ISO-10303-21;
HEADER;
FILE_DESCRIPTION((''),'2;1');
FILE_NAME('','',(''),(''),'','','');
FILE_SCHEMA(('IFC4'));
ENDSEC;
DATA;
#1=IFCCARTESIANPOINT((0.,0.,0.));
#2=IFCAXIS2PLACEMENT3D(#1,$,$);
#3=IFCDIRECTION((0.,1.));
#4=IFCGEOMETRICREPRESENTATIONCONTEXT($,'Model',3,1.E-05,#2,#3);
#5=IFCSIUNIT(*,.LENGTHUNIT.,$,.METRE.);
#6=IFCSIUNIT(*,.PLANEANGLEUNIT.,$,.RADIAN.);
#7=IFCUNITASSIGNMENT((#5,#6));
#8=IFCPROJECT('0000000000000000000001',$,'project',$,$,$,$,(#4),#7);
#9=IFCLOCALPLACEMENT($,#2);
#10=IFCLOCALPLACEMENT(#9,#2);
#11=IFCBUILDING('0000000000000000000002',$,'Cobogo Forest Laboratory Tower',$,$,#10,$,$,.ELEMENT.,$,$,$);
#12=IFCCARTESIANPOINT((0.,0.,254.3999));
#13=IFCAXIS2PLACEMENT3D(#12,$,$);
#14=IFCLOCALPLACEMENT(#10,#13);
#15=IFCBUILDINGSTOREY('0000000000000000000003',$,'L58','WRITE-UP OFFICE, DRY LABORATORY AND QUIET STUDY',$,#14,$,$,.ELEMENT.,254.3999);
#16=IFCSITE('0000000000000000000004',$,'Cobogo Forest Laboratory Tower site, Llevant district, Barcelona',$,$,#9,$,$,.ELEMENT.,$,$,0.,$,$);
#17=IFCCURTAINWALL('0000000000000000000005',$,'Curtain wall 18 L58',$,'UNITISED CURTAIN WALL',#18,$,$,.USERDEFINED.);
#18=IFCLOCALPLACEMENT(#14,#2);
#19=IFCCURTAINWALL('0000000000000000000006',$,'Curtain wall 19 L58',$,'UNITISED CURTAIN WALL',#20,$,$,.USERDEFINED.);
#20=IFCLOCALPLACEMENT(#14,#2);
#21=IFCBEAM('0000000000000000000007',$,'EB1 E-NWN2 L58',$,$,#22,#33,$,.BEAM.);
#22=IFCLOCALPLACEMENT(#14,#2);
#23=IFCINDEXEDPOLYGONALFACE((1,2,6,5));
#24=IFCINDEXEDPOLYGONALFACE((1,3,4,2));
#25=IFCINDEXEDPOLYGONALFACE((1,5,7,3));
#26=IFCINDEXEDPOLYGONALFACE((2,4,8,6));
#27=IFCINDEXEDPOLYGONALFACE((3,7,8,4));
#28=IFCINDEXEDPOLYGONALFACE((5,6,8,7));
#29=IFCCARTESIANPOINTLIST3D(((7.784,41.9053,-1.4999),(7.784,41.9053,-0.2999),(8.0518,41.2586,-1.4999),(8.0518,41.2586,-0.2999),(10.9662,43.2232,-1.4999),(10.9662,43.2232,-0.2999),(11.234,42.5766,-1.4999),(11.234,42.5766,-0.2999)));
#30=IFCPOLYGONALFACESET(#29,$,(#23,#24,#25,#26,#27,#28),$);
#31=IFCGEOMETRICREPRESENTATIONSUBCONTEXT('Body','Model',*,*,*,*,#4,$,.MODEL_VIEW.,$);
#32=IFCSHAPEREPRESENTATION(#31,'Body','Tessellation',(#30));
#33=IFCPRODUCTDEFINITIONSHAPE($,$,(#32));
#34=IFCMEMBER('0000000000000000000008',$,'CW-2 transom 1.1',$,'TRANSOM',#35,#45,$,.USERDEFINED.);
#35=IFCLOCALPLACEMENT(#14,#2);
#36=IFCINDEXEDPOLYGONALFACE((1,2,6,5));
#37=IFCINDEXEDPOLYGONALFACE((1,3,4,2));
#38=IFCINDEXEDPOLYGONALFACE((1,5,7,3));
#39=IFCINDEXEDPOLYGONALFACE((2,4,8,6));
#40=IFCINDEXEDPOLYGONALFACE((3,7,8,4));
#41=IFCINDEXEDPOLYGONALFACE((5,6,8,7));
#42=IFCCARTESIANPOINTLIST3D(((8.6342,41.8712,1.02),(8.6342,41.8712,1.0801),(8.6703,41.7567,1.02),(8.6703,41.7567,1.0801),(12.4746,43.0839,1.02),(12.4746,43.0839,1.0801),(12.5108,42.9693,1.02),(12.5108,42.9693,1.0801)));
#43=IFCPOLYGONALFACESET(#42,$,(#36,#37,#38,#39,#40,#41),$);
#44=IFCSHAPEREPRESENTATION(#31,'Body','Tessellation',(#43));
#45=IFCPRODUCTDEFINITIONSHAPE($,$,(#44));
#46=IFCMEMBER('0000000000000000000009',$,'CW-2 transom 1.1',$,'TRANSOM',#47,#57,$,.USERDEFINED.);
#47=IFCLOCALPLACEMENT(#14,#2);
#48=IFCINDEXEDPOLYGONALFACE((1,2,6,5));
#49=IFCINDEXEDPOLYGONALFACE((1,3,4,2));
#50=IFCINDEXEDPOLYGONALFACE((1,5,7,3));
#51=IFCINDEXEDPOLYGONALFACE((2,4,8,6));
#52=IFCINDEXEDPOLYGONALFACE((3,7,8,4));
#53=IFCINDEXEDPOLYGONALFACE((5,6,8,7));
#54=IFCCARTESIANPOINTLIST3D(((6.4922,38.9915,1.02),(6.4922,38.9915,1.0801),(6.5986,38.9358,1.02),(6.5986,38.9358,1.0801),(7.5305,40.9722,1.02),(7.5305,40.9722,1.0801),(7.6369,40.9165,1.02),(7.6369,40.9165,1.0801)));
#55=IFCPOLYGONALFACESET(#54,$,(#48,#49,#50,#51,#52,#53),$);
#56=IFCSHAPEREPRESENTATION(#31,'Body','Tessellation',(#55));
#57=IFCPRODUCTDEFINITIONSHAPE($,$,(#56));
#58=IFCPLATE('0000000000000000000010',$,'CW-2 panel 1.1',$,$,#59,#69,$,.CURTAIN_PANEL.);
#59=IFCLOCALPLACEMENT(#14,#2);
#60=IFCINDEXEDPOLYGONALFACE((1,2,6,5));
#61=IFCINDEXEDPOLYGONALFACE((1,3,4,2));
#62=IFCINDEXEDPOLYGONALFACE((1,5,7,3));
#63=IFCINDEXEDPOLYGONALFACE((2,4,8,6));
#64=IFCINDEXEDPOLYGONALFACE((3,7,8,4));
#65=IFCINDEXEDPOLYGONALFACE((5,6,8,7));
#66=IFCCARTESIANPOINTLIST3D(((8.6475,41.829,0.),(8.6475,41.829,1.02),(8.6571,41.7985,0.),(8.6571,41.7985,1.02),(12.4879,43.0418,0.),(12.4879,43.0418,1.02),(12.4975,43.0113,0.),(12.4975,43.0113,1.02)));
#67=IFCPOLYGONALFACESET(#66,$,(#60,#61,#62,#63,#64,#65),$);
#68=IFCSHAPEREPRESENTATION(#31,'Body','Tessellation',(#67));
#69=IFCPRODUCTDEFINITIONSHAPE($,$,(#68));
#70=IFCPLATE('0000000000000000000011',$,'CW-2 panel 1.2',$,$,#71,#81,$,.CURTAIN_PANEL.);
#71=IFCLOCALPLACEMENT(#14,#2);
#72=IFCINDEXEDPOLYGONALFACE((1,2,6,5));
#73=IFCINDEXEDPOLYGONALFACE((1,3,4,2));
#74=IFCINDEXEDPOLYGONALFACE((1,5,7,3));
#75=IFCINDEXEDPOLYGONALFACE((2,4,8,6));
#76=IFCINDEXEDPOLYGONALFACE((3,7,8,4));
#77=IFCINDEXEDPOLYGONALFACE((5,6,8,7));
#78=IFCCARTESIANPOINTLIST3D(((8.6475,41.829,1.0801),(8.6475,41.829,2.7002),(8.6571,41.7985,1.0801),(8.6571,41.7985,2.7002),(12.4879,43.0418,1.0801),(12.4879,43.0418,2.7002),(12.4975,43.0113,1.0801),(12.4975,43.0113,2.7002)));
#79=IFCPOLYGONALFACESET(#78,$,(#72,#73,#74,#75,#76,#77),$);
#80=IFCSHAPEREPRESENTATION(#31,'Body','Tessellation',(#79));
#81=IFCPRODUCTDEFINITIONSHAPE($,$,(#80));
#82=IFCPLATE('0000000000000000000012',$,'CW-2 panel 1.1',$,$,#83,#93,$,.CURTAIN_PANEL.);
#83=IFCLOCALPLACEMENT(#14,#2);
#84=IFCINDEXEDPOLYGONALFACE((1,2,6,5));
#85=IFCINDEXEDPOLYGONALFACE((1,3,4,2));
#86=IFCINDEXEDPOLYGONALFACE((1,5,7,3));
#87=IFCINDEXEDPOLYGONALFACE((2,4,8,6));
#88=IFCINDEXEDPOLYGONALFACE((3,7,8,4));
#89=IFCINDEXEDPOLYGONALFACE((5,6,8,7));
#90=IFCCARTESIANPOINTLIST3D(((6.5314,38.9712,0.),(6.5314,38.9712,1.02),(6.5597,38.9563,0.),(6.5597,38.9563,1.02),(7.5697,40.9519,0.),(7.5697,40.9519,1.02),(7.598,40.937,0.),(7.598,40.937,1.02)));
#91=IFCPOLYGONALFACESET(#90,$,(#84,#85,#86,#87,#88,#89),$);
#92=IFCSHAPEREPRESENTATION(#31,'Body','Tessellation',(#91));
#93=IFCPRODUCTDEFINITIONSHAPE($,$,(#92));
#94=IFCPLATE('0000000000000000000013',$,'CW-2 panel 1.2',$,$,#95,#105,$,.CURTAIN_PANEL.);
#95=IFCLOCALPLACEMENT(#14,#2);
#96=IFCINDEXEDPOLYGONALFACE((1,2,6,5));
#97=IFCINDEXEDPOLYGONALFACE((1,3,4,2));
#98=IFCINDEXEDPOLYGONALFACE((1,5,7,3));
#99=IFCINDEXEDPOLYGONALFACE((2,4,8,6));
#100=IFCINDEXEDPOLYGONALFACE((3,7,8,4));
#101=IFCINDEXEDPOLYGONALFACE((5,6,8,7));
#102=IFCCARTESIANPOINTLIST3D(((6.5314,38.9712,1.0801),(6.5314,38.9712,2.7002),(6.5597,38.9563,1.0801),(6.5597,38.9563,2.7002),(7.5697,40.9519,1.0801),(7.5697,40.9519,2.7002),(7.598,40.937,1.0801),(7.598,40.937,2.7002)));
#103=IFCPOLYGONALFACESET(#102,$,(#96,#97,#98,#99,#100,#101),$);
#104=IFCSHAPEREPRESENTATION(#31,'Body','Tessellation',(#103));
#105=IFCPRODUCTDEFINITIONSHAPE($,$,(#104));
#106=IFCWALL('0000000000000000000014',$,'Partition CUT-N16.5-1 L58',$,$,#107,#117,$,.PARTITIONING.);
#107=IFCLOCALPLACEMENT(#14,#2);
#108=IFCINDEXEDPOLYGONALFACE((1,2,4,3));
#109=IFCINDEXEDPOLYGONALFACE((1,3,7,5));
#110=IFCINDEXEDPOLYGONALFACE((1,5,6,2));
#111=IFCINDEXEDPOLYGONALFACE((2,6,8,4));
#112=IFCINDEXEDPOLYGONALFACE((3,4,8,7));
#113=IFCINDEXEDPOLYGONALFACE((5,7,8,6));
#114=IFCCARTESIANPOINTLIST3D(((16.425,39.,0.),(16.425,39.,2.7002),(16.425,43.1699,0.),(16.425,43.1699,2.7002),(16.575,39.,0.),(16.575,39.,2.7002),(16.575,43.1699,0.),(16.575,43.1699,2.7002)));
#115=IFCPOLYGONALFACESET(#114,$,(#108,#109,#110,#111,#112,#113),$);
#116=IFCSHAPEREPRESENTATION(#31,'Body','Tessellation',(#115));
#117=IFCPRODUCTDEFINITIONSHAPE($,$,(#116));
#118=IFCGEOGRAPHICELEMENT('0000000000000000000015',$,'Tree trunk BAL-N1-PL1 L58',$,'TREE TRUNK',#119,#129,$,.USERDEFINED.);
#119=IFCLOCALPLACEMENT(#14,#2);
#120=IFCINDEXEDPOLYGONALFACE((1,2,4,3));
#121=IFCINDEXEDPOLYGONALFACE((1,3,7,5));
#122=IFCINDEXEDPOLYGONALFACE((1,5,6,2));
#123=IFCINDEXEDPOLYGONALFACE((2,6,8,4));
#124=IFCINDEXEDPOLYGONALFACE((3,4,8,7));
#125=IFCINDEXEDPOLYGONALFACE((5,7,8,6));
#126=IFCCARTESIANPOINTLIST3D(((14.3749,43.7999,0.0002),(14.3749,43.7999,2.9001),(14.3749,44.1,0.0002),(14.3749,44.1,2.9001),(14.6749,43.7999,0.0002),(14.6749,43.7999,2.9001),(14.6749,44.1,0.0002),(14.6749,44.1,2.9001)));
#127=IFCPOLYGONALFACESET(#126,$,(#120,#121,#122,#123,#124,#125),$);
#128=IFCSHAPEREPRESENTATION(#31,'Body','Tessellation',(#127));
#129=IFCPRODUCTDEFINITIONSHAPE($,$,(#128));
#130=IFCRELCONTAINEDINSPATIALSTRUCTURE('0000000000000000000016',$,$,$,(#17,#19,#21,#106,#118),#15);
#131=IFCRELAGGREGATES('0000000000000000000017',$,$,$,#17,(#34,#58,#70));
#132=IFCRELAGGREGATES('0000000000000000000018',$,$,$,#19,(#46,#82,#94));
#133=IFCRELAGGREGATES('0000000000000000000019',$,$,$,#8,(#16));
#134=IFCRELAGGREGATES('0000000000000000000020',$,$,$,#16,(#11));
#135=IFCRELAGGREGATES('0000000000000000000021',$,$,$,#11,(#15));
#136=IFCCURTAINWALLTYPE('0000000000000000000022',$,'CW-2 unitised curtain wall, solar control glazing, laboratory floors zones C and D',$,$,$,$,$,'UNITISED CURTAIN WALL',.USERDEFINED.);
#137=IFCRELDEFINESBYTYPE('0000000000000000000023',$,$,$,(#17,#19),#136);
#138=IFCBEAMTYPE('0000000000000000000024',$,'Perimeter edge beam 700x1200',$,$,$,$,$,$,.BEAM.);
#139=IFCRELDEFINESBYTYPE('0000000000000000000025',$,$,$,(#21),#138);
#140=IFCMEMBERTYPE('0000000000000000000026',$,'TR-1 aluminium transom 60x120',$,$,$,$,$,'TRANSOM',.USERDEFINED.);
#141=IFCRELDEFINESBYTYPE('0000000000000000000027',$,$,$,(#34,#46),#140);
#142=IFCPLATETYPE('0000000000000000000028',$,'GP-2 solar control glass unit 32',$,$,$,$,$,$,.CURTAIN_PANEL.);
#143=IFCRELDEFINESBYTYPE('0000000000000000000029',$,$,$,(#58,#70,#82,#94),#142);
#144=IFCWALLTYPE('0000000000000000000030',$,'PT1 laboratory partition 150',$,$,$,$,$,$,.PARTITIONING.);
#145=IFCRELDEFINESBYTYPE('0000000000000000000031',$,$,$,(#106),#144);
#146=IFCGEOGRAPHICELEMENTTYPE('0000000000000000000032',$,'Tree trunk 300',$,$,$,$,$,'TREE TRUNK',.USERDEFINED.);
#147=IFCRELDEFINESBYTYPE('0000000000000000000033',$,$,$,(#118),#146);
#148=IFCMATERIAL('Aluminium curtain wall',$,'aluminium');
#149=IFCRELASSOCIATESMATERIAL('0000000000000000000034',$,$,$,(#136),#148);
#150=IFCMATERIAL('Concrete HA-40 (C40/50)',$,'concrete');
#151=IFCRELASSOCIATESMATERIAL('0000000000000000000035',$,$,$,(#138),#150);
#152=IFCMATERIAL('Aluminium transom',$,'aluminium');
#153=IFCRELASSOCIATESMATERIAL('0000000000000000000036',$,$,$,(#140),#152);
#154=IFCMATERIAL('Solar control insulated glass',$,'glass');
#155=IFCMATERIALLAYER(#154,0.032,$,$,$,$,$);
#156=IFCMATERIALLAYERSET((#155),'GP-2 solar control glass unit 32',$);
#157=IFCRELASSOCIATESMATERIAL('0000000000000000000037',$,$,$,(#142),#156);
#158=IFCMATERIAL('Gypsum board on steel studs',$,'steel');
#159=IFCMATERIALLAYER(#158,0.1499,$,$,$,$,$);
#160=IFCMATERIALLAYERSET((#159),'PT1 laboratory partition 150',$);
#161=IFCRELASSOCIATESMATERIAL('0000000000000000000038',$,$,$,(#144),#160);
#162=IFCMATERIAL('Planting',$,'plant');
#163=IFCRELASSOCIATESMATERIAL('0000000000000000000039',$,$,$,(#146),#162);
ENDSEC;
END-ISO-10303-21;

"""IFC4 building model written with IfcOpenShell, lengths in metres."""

from ifc_helpers import new_model, si_unit, direction, frame, frame_2d, origin, origin_2d, place, context, subcontext, project, spatial, rectangle, extrude, material, layer, layer_set, material_profile, profile_set, type_object, element, aggregate, save


model = new_model("IFC4")

# Units and contexts
model_context = context("Model", 3, precision=1e-05, world=origin(), true_north=direction((0.0, 1.0)))
body_context = subcontext(model_context, "Body", "Model", "MODEL_VIEW")
ifc_project = project(units=[si_unit("LENGTHUNIT", "METRE"), si_unit("PLANEANGLEUNIT", "RADIAN")], contexts=[model_context])

# Site, building, storey
site_placement = place(None, origin())
site = spatial("IfcSite", under=ifc_project, at=site_placement, Name="Cobogo Forest Laboratory Tower site, Llevant district, Barcelona", CompositionType="ELEMENT", RefElevation=0.0)
building_placement = place(site_placement, origin())
building = spatial("IfcBuilding", under=site, at=building_placement, Name="Cobogo Forest Laboratory Tower", CompositionType="ELEMENT")
storey_placement = place(building_placement, frame((0.0, 0.0, 254.3999)))
storey = spatial("IfcBuildingStorey", under=building, at=storey_placement, Name="L58", Description="WRITE-UP OFFICE, DRY LABORATORY AND QUIET STUDY", CompositionType="ELEMENT", Elevation=254.3999)

# Shared definitions
ifc_material_1 = material(Name="Concrete HA-40 (C40/50)", Category="concrete")

# Curtain walls
ifc_material_2 = material(Name="Aluminium curtain wall", Category="aluminium")
curtain_wall_type = type_object("IfcCurtainWallType", Name="CW-2 unitised curtain wall, solar control glazing, laboratory floors zones C and D", ElementType="UNITISED CURTAIN WALL", PredefinedType="USERDEFINED", material=ifc_material_2)
curtain_wall_1_placement = place(storey_placement, origin())
curtain_wall_1 = element("IfcCurtainWall", 1, at=curtain_wall_1_placement, inside=storey, type_object=curtain_wall_type, Name="Curtain wall 18 L58", ObjectType="UNITISED CURTAIN WALL", PredefinedType="USERDEFINED")
curtain_wall_2_placement = place(storey_placement, origin())
curtain_wall_2 = element("IfcCurtainWall", 2, at=curtain_wall_2_placement, inside=storey, type_object=curtain_wall_type, Name="Curtain wall 19 L58", ObjectType="UNITISED CURTAIN WALL", PredefinedType="USERDEFINED")

# Beam
ifc_material_profile_1 = material_profile(ifc_material_1, rectangle(XDim=0.7, YDim=1.2, at=origin_2d()), Name="RC 700x1200")
ifc_profile_set_1 = profile_set([ifc_material_profile_1], Name="Concrete HA-40 (C40/50)")
beam_type_1 = type_object("IfcBeamType", Name="Perimeter edge beam 700x1200", PredefinedType="BEAM", material=ifc_profile_set_1)
beam_1_placement = place(storey_placement, frame((11.1001, 42.8999, -0.8999), z_axis=(-0.923901, -0.382631, 0.0), x_axis=(0.382631, -0.923901, 0.0)))
element("IfcBeam", 3, at=beam_1_placement, inside=storey, type_object=beam_type_1, Name="EB1 E-NWN2 L58", PredefinedType="BEAM", context=body_context, shape_type="SweptSolid", body=[
    extrude(rectangle(XDim=0.7, YDim=1.2, at=origin_2d()), origin(), (0.0, 0.0, 1.0), 3.4443),
])

# Members
ifc_material_3 = material(Name="Aluminium transom", Category="aluminium")
ifc_material_profile_2 = material_profile(ifc_material_3, rectangle(XDim=0.1201, YDim=0.0601, at=origin_2d()), Name="AL 60x120")
ifc_profile_set_2 = profile_set([ifc_material_profile_2], Name="Aluminium transom")
member_type_1 = type_object("IfcMemberType", Name="TR-1 aluminium transom 60x120", ElementType="TRANSOM", PredefinedType="USERDEFINED", material=ifc_profile_set_2)
member_1_placement = place(storey_placement, frame((12.4927, 43.0266, 1.05), z_axis=(-0.953589, -0.301111, 0.0), x_axis=(0.301111, -0.953589, 0.0)))
member_1 = element("IfcMember", 4, at=member_1_placement, type_object=member_type_1, Name="CW-2 transom 1.1", ObjectType="TRANSOM", PredefinedType="USERDEFINED", context=body_context, shape_type="SweptSolid", body=[
    extrude(rectangle(XDim=0.1201, YDim=0.0601, at=origin_2d()), origin(), (0.0, 0.0, 1.0), 4.0273),
])
member_2_placement = place(storey_placement, frame((7.5837, 40.9443, 1.05), z_axis=(-0.464293, -0.885682, 0.0), x_axis=(0.885682, -0.464293, 0.0)))
member_2 = element("IfcMember", 5, at=member_2_placement, type_object=member_type_1, Name="CW-2 transom 1.1", ObjectType="TRANSOM", PredefinedType="USERDEFINED", context=body_context, shape_type="SweptSolid", body=[
    extrude(rectangle(XDim=0.1201, YDim=0.0601, at=origin_2d()), origin(), (0.0, 0.0, 1.0), 2.2363),
])

# Plates
ifc_material_4 = material(Name="Solar control insulated glass", Category="glass")
ifc_layer_1 = layer(ifc_material_4, 0.032)
ifc_layer_set_1 = layer_set([ifc_layer_1], Name="GP-2 solar control glass unit 32")
plate_type = type_object("IfcPlateType", Name="GP-2 solar control glass unit 32", PredefinedType="CURTAIN_PANEL", material=ifc_layer_set_1)
plate_1_placement = place(storey_placement, frame((10.5725, 42.4202, 0.0), z_axis=(0.0, 0.0, 1.0), x_axis=(-0.953581, -0.301135, 0.0)))
plate_1 = element("IfcPlate", 6, at=plate_1_placement, type_object=plate_type, Name="CW-2 panel 1.1", PredefinedType="CURTAIN_PANEL", context=body_context, shape_type="SweptSolid", body=[
    extrude(rectangle(XDim=4.0273, YDim=0.032, at=origin_2d()), origin(), (0.0, 0.0, 1.0), 1.02),
])
plate_2_placement = place(storey_placement, frame((10.5725, 42.4202, 1.0801), z_axis=(0.0, 0.0, 1.0), x_axis=(-0.953581, -0.301135, 0.0)))
plate_2 = element("IfcPlate", 7, at=plate_2_placement, type_object=plate_type, Name="CW-2 panel 1.2", PredefinedType="CURTAIN_PANEL", context=body_context, shape_type="SweptSolid", body=[
    extrude(rectangle(XDim=4.0273, YDim=0.032, at=origin_2d()), origin(), (0.0, 0.0, 1.0), 1.6201),
])
aggregate(curtain_wall_1, [member_1, plate_1, plate_2])
plate_3_placement = place(storey_placement, frame((7.0647, 39.9541, 0.0), z_axis=(0.0, 0.0, 1.0), x_axis=(-0.464284, -0.885686, 0.0)))
plate_3 = element("IfcPlate", 8, at=plate_3_placement, type_object=plate_type, Name="CW-2 panel 1.1", PredefinedType="CURTAIN_PANEL", context=body_context, shape_type="SweptSolid", body=[
    extrude(rectangle(XDim=2.2363, YDim=0.032, at=origin_2d()), origin(), (0.0, 0.0, 1.0), 1.02),
])
plate_4_placement = place(storey_placement, frame((7.0647, 39.9541, 1.0801), z_axis=(0.0, 0.0, 1.0), x_axis=(-0.464284, -0.885686, 0.0)))
plate_4 = element("IfcPlate", 9, at=plate_4_placement, type_object=plate_type, Name="CW-2 panel 1.2", PredefinedType="CURTAIN_PANEL", context=body_context, shape_type="SweptSolid", body=[
    extrude(rectangle(XDim=2.2363, YDim=0.032, at=origin_2d()), origin(), (0.0, 0.0, 1.0), 1.6201),
])
aggregate(curtain_wall_2, [member_2, plate_3, plate_4])

# Wall
ifc_material_5 = material(Name="Gypsum board on steel studs", Category="steel")
ifc_layer_2 = layer(ifc_material_5, 0.1499)
ifc_layer_set_2 = layer_set([ifc_layer_2], Name="PT1 laboratory partition 150")
wall_type_1 = type_object("IfcWallType", Name="PT1 laboratory partition 150", PredefinedType="PARTITIONING", material=ifc_layer_set_2)
wall_1_placement = place(storey_placement, frame((16.5, 43.1699, 0.0), z_axis=(0.0, 0.0, 1.0), x_axis=(0.0, -1.0, 0.0)))
element("IfcWall", 10, at=wall_1_placement, inside=storey, type_object=wall_type_1, Name="Partition CUT-N16.5-1 L58", PredefinedType="PARTITIONING", context=body_context, shape_type="SweptSolid", body=[
    extrude(rectangle(XDim=4.1699, YDim=0.1499, at=frame_2d((2.085, 0.0))), origin(), (0.0, 0.0, 1.0), 2.7002),
])

# Geographic element
ifc_material_6 = material(Name="Planting", Category="plant")
geographic_element_type = type_object("IfcGeographicElementType", Name="Tree trunk 300", ElementType="TREE TRUNK", PredefinedType="USERDEFINED", material=ifc_material_6)
geographic_element_placement = place(storey_placement, frame((14.5249, 43.95, 0.0002), z_axis=(0.0, 0.0, 1.0), x_axis=(1.0, 0.0, 0.0)))
element("IfcGeographicElement", 11, at=geographic_element_placement, inside=storey, type_object=geographic_element_type, Name="Tree trunk BAL-N1-PL1 L58", ObjectType="TREE TRUNK", PredefinedType="USERDEFINED", context=body_context, shape_type="SweptSolid", body=[
    extrude(rectangle(XDim=0.3, YDim=0.3, at=origin_2d()), origin(), (0.0, 0.0, 1.0), 2.8999),
])

save(model, "model.ifc")
